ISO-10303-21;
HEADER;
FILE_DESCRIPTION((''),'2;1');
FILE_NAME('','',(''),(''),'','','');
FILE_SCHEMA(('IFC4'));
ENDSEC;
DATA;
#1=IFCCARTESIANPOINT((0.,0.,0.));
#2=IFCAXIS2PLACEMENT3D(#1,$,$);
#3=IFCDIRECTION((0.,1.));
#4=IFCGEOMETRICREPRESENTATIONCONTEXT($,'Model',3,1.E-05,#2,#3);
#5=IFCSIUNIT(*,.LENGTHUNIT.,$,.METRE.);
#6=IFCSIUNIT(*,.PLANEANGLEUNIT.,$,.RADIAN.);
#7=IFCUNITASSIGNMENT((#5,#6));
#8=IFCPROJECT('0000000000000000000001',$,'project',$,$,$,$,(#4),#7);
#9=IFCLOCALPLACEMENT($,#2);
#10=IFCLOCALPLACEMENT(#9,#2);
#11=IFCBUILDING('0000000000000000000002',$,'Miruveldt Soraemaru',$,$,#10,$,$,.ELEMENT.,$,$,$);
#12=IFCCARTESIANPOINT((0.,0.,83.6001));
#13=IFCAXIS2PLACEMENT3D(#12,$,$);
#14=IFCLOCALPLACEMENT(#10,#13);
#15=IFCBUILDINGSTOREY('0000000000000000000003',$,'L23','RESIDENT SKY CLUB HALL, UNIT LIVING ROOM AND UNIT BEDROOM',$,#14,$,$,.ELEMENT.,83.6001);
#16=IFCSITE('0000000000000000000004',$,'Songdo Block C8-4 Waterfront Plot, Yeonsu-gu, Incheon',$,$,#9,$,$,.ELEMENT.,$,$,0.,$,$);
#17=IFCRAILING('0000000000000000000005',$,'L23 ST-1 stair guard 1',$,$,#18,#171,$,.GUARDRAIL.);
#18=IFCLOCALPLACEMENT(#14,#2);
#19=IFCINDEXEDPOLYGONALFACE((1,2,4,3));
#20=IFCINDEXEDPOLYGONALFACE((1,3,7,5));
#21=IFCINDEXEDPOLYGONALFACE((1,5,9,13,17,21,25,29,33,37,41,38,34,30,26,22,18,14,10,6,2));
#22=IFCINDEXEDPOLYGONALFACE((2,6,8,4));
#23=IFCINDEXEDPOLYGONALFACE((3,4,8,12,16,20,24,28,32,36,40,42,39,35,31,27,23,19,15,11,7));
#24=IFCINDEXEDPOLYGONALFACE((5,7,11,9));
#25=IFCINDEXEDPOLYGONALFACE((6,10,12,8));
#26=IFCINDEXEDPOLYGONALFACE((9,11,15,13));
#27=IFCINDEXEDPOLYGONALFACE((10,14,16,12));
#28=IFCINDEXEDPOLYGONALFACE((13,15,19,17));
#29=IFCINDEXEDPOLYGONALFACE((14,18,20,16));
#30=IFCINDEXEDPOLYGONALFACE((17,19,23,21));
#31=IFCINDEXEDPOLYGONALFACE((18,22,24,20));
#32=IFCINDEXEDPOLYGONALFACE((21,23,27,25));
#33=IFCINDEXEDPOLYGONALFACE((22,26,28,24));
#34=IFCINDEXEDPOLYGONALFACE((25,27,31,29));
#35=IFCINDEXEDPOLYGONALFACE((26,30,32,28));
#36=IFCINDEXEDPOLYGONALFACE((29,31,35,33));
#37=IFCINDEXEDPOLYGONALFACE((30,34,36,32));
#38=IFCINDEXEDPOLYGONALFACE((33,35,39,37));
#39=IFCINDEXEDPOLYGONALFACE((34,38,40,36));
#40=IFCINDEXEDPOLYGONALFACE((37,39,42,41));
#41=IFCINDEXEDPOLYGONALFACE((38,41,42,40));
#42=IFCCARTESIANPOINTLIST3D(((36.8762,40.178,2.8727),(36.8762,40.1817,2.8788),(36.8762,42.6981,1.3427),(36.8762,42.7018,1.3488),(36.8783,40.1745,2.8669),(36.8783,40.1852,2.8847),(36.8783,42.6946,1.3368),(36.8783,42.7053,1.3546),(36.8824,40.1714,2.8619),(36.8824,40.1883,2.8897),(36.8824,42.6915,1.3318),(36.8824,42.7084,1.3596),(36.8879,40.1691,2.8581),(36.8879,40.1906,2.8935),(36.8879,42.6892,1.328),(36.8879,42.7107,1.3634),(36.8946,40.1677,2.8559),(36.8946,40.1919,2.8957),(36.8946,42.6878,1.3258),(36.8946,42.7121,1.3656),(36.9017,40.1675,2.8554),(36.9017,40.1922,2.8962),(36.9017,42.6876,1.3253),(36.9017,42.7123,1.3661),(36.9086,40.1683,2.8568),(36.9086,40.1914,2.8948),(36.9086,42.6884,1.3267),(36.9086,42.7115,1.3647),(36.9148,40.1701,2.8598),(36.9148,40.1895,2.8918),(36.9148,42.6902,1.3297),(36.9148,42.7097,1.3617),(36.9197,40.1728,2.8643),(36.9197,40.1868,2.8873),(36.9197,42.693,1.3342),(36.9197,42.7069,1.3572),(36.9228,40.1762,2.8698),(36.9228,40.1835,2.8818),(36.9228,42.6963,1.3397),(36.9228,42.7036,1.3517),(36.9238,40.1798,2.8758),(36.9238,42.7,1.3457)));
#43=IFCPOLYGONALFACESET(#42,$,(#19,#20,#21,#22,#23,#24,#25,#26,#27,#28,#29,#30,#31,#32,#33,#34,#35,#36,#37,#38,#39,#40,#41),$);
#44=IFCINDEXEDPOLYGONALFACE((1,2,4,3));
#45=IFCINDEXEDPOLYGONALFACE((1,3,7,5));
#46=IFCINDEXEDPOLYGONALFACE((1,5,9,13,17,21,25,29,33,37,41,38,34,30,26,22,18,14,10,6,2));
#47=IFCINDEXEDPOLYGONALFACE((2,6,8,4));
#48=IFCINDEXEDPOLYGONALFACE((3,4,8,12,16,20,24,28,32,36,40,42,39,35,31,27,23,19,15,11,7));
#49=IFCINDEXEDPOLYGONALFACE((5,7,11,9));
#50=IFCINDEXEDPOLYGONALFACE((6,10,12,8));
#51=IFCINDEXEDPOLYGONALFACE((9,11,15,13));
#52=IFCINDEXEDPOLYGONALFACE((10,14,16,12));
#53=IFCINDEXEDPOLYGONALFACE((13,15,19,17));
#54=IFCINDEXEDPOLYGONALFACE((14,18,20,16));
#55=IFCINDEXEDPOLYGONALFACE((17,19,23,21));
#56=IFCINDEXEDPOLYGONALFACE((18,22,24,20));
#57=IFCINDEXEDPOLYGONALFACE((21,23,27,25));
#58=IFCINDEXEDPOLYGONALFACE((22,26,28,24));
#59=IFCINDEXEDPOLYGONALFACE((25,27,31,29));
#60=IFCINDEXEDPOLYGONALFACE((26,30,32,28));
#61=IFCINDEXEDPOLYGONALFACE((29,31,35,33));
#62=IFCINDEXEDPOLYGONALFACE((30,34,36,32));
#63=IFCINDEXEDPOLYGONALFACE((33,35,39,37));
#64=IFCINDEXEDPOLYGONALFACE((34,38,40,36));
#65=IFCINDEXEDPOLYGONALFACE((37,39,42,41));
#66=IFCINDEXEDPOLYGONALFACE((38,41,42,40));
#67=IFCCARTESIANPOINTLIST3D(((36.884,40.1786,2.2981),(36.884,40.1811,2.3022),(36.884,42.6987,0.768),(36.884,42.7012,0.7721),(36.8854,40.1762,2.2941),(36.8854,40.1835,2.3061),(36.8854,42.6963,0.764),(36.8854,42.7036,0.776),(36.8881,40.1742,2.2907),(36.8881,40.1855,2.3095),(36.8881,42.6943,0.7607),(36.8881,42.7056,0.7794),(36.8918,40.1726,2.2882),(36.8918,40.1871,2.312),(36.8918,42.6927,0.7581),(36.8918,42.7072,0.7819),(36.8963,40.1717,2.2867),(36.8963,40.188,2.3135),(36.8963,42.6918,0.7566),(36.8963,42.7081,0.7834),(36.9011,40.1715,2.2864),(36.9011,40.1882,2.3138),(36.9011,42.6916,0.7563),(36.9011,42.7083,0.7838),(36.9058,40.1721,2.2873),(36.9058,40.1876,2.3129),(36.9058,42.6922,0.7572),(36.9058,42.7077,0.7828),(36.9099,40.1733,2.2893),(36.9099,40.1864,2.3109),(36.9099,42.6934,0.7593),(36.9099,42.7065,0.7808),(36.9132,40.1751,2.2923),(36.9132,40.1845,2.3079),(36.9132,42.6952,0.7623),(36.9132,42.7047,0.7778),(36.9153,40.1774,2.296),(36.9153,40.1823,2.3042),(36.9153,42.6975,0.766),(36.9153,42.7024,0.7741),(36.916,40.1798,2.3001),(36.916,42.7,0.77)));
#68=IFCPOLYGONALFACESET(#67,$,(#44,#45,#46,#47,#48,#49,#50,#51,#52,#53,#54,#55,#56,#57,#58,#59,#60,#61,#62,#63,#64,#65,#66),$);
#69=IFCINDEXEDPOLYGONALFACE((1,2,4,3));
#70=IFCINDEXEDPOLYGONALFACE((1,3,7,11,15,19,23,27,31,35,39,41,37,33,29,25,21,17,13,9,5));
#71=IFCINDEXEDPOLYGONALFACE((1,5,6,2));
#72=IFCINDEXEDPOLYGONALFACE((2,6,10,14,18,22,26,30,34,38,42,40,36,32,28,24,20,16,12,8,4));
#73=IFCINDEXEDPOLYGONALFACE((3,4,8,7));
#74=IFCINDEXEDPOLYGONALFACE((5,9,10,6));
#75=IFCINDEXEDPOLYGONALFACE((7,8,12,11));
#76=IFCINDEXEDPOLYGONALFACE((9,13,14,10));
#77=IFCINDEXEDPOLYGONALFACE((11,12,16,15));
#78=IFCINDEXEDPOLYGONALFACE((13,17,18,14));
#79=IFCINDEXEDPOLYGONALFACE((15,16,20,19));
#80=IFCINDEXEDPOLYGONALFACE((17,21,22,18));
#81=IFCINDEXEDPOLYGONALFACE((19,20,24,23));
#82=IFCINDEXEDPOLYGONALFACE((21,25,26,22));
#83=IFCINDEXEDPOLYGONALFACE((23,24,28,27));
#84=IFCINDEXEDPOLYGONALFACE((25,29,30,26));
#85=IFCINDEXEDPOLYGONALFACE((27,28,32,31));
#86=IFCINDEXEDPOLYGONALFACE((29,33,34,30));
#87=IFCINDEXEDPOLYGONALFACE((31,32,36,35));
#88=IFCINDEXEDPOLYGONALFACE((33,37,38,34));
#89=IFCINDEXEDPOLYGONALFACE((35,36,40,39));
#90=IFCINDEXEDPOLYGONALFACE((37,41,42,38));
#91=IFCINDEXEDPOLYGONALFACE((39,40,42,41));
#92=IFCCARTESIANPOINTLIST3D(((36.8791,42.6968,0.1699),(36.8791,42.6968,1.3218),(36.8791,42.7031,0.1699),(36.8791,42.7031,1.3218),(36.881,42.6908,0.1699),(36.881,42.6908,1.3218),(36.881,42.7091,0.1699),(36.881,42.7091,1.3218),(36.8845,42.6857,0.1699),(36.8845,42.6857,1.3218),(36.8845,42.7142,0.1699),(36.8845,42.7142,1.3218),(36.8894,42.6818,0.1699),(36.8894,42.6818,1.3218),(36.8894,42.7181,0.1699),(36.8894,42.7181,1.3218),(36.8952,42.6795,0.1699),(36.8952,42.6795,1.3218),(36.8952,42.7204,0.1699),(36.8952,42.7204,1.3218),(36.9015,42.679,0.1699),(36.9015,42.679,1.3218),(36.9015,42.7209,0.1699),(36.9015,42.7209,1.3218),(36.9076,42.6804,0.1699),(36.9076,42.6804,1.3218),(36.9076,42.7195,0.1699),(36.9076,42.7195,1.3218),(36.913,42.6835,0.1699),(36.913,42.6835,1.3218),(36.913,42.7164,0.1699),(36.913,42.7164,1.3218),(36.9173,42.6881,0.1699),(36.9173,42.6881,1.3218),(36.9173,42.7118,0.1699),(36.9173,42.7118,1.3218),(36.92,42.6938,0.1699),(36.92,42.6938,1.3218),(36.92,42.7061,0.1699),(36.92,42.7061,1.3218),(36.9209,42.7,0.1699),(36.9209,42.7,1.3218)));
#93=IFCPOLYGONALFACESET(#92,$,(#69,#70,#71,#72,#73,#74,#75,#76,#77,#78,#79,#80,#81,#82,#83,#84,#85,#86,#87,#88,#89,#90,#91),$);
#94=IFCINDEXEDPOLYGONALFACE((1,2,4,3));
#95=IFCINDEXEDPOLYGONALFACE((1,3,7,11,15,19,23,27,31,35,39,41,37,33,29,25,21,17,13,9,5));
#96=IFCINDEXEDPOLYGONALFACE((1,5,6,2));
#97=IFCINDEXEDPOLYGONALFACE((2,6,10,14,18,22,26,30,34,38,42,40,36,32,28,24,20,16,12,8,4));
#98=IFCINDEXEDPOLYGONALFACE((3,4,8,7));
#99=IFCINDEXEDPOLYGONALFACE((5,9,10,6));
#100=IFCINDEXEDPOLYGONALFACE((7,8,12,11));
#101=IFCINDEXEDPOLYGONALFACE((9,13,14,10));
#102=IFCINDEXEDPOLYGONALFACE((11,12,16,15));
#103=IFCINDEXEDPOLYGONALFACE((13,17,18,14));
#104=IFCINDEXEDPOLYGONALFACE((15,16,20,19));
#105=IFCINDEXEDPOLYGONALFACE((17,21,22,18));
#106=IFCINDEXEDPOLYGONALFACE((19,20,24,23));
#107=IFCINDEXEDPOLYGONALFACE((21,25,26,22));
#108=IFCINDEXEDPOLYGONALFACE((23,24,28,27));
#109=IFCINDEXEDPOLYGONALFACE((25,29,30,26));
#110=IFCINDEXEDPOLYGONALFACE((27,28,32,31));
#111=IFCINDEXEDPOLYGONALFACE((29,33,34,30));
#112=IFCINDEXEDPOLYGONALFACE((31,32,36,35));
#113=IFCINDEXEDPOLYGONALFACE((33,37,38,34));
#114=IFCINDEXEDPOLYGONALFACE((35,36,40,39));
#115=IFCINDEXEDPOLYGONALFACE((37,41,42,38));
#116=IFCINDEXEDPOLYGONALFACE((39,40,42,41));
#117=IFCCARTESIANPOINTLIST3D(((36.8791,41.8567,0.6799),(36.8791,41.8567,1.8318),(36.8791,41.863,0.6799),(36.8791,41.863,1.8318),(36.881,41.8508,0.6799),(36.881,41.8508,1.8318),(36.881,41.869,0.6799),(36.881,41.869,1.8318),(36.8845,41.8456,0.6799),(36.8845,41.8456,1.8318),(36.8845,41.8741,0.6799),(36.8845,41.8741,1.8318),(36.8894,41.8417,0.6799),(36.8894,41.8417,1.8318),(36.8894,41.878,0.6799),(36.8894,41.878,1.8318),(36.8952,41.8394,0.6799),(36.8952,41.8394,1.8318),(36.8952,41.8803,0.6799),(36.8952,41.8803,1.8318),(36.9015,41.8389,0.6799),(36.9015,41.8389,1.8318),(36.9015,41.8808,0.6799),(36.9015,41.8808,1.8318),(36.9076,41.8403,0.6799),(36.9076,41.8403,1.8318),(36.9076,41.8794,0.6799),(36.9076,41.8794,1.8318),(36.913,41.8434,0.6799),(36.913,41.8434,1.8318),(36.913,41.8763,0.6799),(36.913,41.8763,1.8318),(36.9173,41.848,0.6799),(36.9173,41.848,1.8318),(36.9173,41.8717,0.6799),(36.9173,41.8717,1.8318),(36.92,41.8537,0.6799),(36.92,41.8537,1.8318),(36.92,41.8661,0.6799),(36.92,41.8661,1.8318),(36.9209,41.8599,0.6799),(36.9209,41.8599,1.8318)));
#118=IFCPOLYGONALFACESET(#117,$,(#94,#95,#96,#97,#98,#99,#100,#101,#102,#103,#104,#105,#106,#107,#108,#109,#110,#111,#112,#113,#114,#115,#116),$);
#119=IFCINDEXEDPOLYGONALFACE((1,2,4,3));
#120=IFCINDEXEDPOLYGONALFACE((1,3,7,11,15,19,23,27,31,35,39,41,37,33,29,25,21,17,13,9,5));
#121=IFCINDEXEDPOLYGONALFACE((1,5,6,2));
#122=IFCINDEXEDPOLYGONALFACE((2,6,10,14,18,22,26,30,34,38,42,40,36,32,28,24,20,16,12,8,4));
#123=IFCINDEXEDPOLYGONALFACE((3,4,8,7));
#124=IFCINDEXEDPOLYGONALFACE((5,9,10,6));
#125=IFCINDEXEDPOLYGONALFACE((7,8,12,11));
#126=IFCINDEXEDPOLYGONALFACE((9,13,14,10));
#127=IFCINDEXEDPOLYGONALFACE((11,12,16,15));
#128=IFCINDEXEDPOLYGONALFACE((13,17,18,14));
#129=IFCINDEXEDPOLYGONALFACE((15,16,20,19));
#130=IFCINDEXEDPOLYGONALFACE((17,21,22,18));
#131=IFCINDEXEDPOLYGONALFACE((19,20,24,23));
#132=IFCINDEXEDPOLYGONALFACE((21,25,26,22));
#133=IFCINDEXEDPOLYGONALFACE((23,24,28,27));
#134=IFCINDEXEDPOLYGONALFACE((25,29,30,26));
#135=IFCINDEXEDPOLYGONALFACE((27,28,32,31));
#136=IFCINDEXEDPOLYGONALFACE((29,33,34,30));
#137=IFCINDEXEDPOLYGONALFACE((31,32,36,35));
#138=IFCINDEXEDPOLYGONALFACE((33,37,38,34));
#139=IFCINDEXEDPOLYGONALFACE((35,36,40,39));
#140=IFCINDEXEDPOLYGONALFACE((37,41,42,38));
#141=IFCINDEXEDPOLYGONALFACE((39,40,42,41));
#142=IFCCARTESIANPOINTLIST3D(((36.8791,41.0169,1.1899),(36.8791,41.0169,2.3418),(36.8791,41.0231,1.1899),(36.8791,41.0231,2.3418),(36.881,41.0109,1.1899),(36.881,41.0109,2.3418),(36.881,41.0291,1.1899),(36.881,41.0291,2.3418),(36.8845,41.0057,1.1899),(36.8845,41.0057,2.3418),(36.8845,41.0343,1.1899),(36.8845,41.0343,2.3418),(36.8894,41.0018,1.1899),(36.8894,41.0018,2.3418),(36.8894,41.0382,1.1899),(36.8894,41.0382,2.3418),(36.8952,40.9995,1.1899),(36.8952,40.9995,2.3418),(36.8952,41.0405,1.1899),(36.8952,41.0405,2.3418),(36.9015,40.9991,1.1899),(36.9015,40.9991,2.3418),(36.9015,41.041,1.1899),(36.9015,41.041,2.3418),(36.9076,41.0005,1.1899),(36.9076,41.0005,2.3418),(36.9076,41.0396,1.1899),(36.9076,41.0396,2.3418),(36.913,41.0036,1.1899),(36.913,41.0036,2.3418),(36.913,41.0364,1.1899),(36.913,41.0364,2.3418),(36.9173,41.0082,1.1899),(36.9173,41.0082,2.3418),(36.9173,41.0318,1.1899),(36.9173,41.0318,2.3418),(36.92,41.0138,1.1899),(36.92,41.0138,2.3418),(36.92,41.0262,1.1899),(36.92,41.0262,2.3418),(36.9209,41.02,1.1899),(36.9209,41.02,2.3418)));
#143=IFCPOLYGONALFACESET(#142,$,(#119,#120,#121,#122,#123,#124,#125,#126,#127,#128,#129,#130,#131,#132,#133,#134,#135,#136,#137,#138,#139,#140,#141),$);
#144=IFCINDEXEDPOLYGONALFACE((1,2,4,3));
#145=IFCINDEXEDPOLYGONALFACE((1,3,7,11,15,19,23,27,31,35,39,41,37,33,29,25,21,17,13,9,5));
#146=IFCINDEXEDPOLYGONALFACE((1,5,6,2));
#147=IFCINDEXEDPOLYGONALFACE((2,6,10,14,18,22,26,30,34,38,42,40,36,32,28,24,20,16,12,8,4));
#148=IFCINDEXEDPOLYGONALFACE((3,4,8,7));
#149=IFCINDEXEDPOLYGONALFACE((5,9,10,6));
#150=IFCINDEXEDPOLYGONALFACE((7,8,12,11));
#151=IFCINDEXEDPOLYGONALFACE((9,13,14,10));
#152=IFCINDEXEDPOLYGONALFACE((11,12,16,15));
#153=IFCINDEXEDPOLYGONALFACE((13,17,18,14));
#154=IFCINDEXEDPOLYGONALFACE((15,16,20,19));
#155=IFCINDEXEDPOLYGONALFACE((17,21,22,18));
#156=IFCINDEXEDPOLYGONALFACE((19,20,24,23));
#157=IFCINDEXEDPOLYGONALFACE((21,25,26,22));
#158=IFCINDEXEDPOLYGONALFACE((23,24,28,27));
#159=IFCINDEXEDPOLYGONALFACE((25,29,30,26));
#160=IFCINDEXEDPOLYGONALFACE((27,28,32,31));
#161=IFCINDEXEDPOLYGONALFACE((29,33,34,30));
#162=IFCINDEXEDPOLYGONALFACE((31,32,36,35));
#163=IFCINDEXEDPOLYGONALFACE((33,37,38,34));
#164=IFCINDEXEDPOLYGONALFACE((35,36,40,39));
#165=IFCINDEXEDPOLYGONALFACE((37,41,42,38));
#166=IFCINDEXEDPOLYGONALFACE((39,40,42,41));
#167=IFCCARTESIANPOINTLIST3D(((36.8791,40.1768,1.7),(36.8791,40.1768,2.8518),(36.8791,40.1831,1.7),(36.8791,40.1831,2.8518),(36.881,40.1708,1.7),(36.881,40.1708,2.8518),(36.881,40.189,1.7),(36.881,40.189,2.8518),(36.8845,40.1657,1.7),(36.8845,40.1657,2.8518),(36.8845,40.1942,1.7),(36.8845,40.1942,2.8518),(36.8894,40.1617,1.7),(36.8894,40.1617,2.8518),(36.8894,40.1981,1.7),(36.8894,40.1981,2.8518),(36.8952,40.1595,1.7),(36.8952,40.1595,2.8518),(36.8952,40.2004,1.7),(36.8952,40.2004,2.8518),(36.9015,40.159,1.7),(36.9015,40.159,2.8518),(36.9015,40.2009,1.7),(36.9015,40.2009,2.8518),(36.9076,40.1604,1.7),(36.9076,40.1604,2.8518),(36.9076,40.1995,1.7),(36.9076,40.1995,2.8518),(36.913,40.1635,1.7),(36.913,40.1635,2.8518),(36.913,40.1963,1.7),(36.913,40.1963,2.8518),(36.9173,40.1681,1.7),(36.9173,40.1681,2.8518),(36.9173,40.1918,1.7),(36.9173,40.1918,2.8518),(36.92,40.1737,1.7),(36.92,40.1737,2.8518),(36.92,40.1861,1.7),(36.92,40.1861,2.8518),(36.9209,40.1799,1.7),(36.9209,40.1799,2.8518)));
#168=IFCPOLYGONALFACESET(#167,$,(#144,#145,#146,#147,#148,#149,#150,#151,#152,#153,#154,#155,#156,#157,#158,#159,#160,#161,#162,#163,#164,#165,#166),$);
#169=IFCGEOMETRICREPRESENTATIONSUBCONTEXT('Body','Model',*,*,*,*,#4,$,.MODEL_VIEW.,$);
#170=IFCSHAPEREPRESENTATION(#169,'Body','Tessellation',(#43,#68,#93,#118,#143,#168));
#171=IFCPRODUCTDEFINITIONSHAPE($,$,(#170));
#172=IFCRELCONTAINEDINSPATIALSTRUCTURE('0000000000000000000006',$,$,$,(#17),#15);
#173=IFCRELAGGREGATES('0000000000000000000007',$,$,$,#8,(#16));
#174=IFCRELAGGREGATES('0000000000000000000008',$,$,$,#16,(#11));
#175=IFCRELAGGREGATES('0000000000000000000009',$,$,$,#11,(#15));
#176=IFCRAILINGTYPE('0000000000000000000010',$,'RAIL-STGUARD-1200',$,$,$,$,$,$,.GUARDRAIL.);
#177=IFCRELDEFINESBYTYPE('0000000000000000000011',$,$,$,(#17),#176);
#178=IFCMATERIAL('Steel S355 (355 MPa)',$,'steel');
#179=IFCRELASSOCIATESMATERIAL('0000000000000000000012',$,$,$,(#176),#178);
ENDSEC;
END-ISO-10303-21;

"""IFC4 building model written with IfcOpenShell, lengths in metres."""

from ifc_helpers import new_model, si_unit, direction, frame, origin, origin_2d, place, context, subcontext, project, spatial, circle, extrude, material, type_object, element, save


model = new_model("IFC4")

# Units and contexts
model_context = context("Model", 3, precision=1e-05, world=origin(), true_north=direction((0.0, 1.0)))
body_context = subcontext(model_context, "Body", "Model", "MODEL_VIEW")
ifc_project = project(units=[si_unit("LENGTHUNIT", "METRE"), si_unit("PLANEANGLEUNIT", "RADIAN")], contexts=[model_context])

# Site, building, storey
site_placement = place(None, origin())
site = spatial("IfcSite", under=ifc_project, at=site_placement, Name="Songdo Block C8-4 Waterfront Plot, Yeonsu-gu, Incheon", CompositionType="ELEMENT", RefElevation=0.0)
building_placement = place(site_placement, origin())
building = spatial("IfcBuilding", under=site, at=building_placement, Name="Miruveldt Soraemaru", CompositionType="ELEMENT")
storey_placement = place(building_placement, frame((0.0, 0.0, 83.6001)))
storey = spatial("IfcBuildingStorey", under=building, at=storey_placement, Name="L23", Description="RESIDENT SKY CLUB HALL, UNIT LIVING ROOM AND UNIT BEDROOM", CompositionType="ELEMENT", Elevation=83.6001)

# Railing
ifc_material_1 = material(Name="Steel S355 (355 MPa)", Category="steel")
railing_type_1 = type_object("IfcRailingType", Name="RAIL-STGUARD-1200", PredefinedType="GUARDRAIL", material=ifc_material_1)
railing_1_placement = place(storey_placement, frame((36.8999, 42.7, 0.1699)))
element("IfcRailing", 1, at=railing_1_placement, inside=storey, type_object=railing_type_1, Name="L23 ST-1 stair guard 1", PredefinedType="GUARDRAIL", context=body_context, shape_type="SweptSolid", body=[
    extrude(circle(Radius=0.0239, at=origin_2d()), frame((0.0, 0.0, 1.1758), z_axis=(0.0, -0.854785, 0.518982), x_axis=(1.0, 0.0, 0.0)), (0.0, 0.0, 1.0), 2.9482),
    extrude(circle(Radius=0.0161, at=origin_2d()), frame((0.0, 0.0, 0.6001), z_axis=(0.0, -0.854785, 0.518982), x_axis=(1.0, 0.0, 0.0)), (0.0, 0.0, 1.0), 2.9482),
    extrude(circle(Radius=0.021, at=origin_2d()), origin(), (0.0, 0.0, 1.0), 1.1519),
    extrude(circle(Radius=0.021, at=origin_2d()), frame((0.0, -0.8401, 0.51)), (0.0, 0.0, 1.0), 1.1519),
    extrude(circle(Radius=0.021, at=origin_2d()), frame((0.0, -1.6799, 1.02)), (0.0, 0.0, 1.0), 1.1519),
    extrude(circle(Radius=0.021, at=origin_2d()), frame((0.0, -2.52, 1.53)), (0.0, 0.0, 1.0), 1.1519),
])

save(model, "model.ifc")
